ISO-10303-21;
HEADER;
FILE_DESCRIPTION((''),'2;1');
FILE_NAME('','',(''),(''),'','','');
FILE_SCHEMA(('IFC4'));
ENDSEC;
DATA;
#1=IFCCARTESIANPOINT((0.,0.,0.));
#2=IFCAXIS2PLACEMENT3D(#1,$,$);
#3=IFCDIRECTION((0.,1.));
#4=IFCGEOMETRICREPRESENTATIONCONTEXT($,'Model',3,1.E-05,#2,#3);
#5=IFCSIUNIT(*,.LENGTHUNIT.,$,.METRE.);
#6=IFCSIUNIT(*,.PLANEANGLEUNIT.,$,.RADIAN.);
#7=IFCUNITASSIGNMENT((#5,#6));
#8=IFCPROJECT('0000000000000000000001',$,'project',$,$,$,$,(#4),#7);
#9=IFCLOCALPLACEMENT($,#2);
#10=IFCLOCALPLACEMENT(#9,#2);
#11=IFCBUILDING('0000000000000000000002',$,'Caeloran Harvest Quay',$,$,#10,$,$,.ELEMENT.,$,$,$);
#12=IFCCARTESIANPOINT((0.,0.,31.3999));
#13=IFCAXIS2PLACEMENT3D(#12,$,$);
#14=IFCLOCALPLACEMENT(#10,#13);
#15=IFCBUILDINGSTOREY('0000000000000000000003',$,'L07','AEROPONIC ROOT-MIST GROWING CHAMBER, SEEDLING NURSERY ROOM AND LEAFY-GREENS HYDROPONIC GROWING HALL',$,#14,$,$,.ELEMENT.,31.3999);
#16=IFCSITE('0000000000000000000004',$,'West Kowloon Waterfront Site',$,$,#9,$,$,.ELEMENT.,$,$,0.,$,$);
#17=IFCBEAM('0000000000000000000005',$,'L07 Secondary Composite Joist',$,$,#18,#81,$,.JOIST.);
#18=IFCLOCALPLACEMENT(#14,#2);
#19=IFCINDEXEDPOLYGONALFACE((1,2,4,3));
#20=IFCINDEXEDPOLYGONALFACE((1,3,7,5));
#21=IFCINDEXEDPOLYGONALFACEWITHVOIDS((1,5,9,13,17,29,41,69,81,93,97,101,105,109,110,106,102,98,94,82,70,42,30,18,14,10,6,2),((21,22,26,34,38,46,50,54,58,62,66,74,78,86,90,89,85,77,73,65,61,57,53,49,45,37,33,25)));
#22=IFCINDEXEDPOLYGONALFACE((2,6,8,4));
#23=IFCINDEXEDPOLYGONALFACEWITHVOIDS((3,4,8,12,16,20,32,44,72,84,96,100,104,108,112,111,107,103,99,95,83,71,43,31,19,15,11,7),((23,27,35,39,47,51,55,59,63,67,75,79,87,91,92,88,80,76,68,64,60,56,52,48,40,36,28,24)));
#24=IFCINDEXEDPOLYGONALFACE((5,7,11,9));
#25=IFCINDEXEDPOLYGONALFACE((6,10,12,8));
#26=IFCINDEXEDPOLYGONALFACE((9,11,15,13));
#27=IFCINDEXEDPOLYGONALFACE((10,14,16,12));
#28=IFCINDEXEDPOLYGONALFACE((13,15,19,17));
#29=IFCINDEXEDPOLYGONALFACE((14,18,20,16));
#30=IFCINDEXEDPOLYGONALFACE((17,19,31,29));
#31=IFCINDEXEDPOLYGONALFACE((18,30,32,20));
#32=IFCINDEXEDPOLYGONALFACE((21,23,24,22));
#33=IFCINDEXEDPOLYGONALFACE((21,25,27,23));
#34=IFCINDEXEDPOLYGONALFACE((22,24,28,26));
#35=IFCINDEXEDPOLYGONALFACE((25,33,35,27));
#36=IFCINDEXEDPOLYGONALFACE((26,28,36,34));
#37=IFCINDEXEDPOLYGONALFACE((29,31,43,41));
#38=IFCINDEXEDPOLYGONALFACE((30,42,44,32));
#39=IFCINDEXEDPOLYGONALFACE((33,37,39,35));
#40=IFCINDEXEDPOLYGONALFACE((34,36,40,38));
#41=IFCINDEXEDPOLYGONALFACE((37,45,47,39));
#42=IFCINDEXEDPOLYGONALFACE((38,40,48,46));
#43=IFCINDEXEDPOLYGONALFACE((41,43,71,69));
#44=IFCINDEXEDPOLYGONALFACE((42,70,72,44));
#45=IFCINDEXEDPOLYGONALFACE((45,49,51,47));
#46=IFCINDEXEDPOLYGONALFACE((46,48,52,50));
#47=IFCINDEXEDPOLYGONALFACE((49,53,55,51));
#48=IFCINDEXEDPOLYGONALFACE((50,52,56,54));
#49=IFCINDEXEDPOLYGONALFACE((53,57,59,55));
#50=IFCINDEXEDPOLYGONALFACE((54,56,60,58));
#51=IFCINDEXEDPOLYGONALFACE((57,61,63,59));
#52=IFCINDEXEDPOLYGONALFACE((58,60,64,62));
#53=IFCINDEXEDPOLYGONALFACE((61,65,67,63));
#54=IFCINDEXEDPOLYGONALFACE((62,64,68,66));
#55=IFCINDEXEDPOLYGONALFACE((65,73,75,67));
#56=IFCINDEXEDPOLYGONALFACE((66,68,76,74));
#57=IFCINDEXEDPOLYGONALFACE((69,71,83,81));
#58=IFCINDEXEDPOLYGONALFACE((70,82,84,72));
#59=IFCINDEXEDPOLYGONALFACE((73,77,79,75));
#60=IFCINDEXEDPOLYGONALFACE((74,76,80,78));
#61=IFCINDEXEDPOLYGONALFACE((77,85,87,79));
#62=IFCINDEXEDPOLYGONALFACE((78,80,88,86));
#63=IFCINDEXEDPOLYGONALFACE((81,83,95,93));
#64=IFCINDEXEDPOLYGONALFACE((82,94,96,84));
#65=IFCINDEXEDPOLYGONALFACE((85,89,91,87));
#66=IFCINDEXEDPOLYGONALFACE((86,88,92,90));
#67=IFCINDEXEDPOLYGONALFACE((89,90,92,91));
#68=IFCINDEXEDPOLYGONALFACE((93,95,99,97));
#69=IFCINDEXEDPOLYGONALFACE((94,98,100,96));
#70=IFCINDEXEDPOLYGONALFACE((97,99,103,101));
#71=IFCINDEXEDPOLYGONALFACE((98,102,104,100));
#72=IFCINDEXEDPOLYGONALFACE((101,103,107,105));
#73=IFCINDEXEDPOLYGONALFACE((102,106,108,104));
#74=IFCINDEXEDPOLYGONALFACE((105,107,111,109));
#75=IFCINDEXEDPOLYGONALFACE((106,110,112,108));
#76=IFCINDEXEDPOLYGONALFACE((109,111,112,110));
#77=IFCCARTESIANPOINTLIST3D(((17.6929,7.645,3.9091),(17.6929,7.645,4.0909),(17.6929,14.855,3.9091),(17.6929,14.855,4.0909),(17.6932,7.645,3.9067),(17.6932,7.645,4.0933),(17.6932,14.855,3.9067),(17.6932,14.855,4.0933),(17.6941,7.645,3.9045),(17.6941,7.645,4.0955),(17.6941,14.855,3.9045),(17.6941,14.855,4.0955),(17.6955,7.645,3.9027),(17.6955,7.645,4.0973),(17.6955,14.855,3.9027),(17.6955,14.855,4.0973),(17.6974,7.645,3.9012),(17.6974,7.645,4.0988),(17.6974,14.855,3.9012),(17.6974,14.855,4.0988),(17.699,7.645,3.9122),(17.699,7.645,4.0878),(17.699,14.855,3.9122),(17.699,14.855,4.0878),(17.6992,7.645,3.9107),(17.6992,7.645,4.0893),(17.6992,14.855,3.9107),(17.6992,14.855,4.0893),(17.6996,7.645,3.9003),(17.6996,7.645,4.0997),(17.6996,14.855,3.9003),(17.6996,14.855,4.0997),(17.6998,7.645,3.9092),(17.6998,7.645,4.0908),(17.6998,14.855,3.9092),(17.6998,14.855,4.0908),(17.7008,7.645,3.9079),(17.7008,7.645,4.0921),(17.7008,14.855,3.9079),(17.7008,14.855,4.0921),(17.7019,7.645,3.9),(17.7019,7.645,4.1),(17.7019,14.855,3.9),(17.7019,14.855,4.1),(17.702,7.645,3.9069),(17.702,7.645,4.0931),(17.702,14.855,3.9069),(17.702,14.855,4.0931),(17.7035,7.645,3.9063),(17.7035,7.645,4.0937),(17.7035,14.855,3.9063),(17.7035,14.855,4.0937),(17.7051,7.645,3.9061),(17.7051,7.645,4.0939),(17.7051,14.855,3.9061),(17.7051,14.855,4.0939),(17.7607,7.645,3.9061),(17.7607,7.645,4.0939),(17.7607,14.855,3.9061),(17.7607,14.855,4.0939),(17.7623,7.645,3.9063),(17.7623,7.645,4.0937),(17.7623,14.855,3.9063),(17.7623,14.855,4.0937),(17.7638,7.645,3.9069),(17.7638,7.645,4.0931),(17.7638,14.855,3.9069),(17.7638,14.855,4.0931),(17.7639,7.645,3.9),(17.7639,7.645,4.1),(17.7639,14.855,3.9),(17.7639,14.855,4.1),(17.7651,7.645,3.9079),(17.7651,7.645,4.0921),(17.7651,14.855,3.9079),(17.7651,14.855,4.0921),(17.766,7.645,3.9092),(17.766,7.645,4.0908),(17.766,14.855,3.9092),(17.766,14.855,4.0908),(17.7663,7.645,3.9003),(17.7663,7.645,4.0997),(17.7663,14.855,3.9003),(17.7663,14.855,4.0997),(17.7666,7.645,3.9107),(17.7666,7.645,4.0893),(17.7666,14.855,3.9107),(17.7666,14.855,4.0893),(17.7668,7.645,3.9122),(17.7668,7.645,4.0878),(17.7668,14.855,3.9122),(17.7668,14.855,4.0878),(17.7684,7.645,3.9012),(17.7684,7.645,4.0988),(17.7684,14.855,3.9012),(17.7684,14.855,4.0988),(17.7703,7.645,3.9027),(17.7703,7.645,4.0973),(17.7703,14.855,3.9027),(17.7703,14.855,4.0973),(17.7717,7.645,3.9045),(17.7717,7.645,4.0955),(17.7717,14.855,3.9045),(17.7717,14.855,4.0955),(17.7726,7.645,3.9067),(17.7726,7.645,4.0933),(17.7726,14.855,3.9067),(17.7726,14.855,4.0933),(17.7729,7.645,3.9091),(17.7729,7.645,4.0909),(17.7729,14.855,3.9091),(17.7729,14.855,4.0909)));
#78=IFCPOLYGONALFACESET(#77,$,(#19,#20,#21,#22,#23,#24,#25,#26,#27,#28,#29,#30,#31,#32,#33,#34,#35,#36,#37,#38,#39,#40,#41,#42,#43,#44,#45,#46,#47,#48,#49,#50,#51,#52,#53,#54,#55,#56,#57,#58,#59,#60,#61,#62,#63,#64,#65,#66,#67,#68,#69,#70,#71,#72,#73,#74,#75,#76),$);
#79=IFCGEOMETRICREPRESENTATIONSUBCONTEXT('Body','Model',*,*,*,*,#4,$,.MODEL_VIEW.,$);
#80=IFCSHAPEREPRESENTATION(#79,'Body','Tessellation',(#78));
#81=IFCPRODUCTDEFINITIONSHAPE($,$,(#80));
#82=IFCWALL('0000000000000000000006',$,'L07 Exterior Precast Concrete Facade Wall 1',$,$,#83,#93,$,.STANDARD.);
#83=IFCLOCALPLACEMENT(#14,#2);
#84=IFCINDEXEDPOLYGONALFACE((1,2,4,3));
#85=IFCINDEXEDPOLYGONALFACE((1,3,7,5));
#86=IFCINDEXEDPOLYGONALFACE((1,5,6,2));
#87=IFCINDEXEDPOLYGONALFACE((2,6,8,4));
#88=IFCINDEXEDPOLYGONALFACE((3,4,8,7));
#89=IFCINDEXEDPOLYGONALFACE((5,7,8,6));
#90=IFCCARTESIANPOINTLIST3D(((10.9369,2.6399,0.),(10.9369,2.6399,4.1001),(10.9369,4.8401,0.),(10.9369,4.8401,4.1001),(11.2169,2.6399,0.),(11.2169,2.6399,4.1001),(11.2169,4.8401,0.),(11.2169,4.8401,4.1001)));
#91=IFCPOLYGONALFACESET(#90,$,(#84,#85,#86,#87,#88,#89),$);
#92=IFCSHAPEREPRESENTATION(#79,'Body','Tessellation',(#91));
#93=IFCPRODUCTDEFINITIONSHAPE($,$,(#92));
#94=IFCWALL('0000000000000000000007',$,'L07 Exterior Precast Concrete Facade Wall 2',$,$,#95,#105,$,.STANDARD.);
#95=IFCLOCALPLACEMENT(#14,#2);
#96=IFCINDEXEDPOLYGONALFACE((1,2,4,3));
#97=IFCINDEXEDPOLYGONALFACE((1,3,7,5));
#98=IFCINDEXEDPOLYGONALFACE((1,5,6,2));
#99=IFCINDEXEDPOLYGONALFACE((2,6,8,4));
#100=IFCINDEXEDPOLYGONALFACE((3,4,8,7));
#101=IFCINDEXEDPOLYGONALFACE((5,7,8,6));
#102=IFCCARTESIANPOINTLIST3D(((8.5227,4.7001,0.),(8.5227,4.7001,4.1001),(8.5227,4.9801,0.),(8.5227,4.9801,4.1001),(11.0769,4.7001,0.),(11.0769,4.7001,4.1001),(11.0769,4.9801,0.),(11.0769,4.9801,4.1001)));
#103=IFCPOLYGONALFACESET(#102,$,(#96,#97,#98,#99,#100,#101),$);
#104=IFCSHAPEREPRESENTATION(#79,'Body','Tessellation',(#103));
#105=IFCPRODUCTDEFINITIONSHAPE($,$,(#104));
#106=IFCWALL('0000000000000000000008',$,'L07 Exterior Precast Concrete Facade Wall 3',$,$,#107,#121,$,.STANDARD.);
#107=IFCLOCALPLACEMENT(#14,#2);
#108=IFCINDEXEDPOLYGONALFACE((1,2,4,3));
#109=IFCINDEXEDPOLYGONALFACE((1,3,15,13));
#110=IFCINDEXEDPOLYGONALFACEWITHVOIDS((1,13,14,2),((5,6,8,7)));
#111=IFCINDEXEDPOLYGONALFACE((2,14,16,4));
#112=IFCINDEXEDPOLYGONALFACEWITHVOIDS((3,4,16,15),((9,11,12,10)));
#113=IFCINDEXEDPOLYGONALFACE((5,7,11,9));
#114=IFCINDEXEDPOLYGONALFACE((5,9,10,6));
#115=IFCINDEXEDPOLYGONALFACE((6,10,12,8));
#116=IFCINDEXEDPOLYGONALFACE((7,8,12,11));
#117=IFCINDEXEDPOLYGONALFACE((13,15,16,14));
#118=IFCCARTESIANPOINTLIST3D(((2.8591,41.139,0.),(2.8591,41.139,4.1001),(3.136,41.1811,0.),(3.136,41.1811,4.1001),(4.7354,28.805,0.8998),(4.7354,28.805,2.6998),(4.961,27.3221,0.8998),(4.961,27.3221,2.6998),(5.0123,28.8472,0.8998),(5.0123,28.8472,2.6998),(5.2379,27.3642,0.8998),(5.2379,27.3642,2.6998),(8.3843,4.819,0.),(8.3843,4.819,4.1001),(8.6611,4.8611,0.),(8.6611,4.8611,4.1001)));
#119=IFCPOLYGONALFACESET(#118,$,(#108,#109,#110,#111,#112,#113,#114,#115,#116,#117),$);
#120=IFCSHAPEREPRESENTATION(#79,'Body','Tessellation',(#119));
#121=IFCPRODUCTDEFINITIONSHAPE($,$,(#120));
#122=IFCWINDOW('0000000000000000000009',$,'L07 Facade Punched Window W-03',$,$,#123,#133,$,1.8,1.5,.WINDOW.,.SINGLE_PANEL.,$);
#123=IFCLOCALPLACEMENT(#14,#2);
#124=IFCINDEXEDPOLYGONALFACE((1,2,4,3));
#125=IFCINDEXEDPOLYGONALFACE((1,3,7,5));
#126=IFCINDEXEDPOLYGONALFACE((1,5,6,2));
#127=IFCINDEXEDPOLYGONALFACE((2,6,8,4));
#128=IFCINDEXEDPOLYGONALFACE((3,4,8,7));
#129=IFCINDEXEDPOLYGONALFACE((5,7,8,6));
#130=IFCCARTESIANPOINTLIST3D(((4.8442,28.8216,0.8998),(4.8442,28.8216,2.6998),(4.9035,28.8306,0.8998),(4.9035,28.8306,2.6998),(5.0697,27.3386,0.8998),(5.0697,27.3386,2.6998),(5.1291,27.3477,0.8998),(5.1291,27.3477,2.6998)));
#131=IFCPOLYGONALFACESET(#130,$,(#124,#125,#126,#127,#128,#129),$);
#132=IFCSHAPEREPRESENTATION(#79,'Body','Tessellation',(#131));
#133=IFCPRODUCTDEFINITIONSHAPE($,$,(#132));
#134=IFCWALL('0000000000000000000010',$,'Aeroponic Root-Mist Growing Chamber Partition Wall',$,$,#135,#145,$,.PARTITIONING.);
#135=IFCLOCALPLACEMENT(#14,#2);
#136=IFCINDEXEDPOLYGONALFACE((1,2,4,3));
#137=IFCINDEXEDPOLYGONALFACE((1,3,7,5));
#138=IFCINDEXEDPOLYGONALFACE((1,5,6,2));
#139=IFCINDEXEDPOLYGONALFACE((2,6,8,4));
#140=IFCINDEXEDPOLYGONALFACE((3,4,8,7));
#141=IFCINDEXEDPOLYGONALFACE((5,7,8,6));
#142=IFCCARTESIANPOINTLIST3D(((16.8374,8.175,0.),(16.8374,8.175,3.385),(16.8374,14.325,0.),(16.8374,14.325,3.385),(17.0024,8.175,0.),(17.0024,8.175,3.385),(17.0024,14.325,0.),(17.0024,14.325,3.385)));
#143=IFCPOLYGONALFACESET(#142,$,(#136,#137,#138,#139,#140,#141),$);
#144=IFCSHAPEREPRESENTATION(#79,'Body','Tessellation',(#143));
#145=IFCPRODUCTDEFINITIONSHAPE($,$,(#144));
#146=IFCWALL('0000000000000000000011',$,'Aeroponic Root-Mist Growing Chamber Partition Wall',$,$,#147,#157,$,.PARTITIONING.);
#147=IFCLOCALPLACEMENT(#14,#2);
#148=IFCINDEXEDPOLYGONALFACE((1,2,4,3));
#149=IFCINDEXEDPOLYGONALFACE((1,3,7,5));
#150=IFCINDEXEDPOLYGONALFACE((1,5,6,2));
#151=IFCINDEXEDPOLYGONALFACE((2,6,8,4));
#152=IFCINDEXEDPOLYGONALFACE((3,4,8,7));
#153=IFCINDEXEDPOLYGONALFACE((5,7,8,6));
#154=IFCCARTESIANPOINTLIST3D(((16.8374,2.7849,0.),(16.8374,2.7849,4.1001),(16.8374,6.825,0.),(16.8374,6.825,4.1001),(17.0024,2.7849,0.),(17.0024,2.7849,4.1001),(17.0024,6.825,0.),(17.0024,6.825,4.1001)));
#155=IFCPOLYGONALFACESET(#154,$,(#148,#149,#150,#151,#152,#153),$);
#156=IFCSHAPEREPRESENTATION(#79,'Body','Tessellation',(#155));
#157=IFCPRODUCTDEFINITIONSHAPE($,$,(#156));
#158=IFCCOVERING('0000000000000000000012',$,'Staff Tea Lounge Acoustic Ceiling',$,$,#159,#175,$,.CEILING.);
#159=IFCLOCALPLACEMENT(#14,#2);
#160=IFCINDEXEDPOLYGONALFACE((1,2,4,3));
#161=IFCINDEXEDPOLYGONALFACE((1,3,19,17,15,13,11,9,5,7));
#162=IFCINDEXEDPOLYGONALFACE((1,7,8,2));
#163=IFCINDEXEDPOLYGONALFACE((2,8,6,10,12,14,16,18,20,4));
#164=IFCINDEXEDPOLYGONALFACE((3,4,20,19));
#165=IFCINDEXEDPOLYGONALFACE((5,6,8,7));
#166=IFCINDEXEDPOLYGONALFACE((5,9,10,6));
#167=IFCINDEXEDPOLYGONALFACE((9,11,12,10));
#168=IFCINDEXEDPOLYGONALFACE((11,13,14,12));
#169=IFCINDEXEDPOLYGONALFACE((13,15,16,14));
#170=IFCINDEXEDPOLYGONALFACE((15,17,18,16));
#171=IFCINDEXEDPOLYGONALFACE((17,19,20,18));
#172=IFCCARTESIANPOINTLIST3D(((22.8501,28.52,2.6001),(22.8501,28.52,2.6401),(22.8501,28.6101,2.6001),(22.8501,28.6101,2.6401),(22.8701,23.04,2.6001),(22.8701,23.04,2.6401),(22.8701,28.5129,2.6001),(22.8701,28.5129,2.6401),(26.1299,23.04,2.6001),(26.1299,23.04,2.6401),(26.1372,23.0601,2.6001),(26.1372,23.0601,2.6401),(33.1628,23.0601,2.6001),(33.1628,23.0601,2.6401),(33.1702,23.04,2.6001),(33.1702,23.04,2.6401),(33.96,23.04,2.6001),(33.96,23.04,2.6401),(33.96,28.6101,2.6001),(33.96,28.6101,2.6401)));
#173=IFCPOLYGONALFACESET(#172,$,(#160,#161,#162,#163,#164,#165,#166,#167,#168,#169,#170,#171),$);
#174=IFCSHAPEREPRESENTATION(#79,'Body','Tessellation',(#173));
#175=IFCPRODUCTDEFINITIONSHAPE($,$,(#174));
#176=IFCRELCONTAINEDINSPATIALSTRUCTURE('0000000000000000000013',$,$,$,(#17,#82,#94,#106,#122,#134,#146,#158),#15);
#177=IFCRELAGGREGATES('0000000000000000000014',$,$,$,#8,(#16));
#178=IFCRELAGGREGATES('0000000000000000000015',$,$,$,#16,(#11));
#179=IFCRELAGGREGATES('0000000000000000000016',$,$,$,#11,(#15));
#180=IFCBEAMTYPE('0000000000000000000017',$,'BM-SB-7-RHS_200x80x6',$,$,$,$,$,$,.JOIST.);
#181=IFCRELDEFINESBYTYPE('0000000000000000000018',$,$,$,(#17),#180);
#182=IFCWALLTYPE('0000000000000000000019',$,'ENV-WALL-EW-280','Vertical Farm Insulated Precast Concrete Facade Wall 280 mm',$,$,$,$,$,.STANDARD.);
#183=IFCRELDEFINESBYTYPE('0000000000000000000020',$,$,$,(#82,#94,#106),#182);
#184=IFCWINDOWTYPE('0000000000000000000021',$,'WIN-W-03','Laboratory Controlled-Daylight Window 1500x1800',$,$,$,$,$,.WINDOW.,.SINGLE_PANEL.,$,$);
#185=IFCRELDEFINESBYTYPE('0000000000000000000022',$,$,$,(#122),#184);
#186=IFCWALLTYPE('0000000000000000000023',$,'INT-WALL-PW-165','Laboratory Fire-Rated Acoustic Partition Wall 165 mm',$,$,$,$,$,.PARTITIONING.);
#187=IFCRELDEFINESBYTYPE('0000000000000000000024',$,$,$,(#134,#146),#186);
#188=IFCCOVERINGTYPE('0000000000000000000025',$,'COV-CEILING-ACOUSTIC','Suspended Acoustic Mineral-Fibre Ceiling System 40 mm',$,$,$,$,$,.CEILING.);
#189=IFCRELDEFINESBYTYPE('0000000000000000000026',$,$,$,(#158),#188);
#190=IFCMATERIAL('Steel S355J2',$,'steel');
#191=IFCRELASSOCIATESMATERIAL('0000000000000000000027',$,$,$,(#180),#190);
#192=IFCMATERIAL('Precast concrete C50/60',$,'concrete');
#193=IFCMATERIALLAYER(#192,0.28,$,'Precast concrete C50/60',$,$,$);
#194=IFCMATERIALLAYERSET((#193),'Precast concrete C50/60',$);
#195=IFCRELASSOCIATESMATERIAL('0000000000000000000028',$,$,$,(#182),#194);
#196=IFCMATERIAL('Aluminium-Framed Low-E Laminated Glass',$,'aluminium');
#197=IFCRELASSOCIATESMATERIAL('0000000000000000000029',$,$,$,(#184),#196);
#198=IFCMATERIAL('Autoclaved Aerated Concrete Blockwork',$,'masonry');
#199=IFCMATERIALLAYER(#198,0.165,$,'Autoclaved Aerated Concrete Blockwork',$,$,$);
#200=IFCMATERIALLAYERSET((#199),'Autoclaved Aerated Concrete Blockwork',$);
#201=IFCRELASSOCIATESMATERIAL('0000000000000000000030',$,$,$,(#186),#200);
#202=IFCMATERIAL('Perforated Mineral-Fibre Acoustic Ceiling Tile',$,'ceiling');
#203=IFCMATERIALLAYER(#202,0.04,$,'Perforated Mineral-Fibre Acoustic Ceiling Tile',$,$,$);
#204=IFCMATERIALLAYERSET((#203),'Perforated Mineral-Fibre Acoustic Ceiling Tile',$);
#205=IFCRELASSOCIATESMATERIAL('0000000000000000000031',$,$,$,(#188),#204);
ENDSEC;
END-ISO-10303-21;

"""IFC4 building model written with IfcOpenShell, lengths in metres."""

from ifc_helpers import new_model, si_unit, direction, frame, frame_2d, origin, origin_2d, place, context, subcontext, project, spatial, polyline, rectangle, hollow_rectangle, outline, extrude, material, layer, layer_set, material_profile, profile_set, type_object, element, fill, save


model = new_model("IFC4")

# Units and contexts
model_context = context("Model", 3, precision=1e-05, world=origin(), true_north=direction((0.0, 1.0)))
body_context = subcontext(model_context, "Body", "Model", "MODEL_VIEW")
ifc_project = project(units=[si_unit("LENGTHUNIT", "METRE"), si_unit("PLANEANGLEUNIT", "RADIAN")], contexts=[model_context])

# Site, building, storey
site_placement = place(None, origin())
site = spatial("IfcSite", under=ifc_project, at=site_placement, Name="West Kowloon Waterfront Site", CompositionType="ELEMENT", RefElevation=0.0)
building_placement = place(site_placement, origin())
building = spatial("IfcBuilding", under=site, at=building_placement, Name="Caeloran Harvest Quay", CompositionType="ELEMENT")
storey_placement = place(building_placement, frame((0.0, 0.0, 31.3999)))
storey = spatial("IfcBuildingStorey", under=building, at=storey_placement, Name="L07", Description="AEROPONIC ROOT-MIST GROWING CHAMBER, SEEDLING NURSERY ROOM AND LEAFY-GREENS HYDROPONIC GROWING HALL", CompositionType="ELEMENT", Elevation=31.3999)

# Beam
ifc_material_1 = material(Name="Steel S355J2", Category="steel")
ifc_material_profile_1 = material_profile(ifc_material_1, hollow_rectangle(XDim=0.0801, YDim=0.2, WallThickness=0.0061, InnerFilletRadius=0.0061, OuterFilletRadius=0.009, at=origin_2d()), Name="RHS 200x80x6")
ifc_profile_set_1 = profile_set([ifc_material_profile_1], Name="Steel S355J2")
beam_type_1 = type_object("IfcBeamType", Name="BM-SB-7-RHS_200x80x6", PredefinedType="JOIST", material=ifc_profile_set_1)
beam_1_placement = place(storey_placement, frame((17.7329, 7.645, 4.0), z_axis=(0.0, 1.0, 0.0), x_axis=(-1.0, 0.0, 0.0)))
element("IfcBeam", 1, at=beam_1_placement, inside=storey, type_object=beam_type_1, Name="L07 Secondary Composite Joist", PredefinedType="JOIST", context=body_context, shape_type="SweptSolid", body=[
    extrude(hollow_rectangle(XDim=0.0801, YDim=0.2, WallThickness=0.0061, InnerFilletRadius=0.0061, OuterFilletRadius=0.009, at=origin_2d()), origin(), (0.0, 0.0, 1.0), 7.21),
])

# Walls
ifc_material_2 = material(Name="Precast concrete C50/60", Category="concrete")
ifc_layer_1 = layer(ifc_material_2, 0.28, Name="Precast concrete C50/60")
ifc_layer_set_1 = layer_set([ifc_layer_1], Name="Precast concrete C50/60")
wall_type_1 = type_object("IfcWallType", Name="ENV-WALL-EW-280", Description="Vertical Farm Insulated Precast Concrete Facade Wall 280 mm", PredefinedType="STANDARD", material=ifc_layer_set_1)
wall_1_placement = place(storey_placement, frame((11.0769, 2.6399, 0.0), z_axis=(0.0, 0.0, 1.0), x_axis=(0.0, 1.0, 0.0)))
element("IfcWall", 2, at=wall_1_placement, inside=storey, type_object=wall_type_1, Name="L07 Exterior Precast Concrete Facade Wall 1", PredefinedType="STANDARD", context=body_context, shape_type="SweptSolid", body=[
    extrude(rectangle(XDim=2.2002, YDim=0.28, at=frame_2d((1.1001, 0.0))), origin(), (0.0, 0.0, 1.0), 4.1001),
])
wall_2_placement = place(storey_placement, frame((11.0769, 4.8401, 0.0), z_axis=(0.0, 0.0, 1.0), x_axis=(-1.0, 0.0, 0.0)))
element("IfcWall", 3, at=wall_2_placement, inside=storey, type_object=wall_type_1, Name="L07 Exterior Precast Concrete Facade Wall 2", PredefinedType="STANDARD", context=body_context, shape_type="SweptSolid", body=[
    extrude(rectangle(XDim=2.5542, YDim=0.28, at=frame_2d((1.2771, 0.0))), origin(), (0.0, 0.0, 1.0), 4.1001),
])

# Wall, opening, window
wall_3_placement = place(storey_placement, frame((8.5227, 4.8401, 0.0), z_axis=(0.0, 0.0, 1.0), x_axis=(-0.150395, 0.988626, 0.0)))
wall_3 = element("IfcWall", 4, at=wall_3_placement, inside=storey, type_object=wall_type_1, Name="L07 Exterior Precast Concrete Facade Wall 3", PredefinedType="STANDARD", context=body_context, shape_type="SweptSolid", body=[
    extrude(rectangle(XDim=36.7378, YDim=0.28, at=frame_2d((18.3689, 0.0))), origin(), (0.0, 0.0, 1.0), 4.1001),
])
opening_placement = place(wall_3_placement, frame((22.762, 0.0, 0.8999)))
opening = element("IfcOpeningElement", 5, at=opening_placement, cuts=wall_3, PredefinedType="OPENING", context=body_context, shape_type="SweptSolid", body=[
    extrude(rectangle(XDim=1.5, YDim=1.8, at=frame_2d((0.75, 0.8999))), frame((0.0, 0.1499, 0.0), z_axis=(0.0, -1.0, 0.0), x_axis=(1.0, 0.0, 0.0)), (0.0, 0.0, 1.0), 0.3),
])
ifc_material_3 = material(Name="Aluminium-Framed Low-E Laminated Glass", Category="aluminium")
window_type = type_object("IfcWindowType", Name="WIN-W-03", Description="Laboratory Controlled-Daylight Window 1500x1800", PartitioningType="SINGLE_PANEL", PredefinedType="WINDOW", material=ifc_material_3)
window_placement = place(opening_placement, origin())
window = element("IfcWindow", 6, at=window_placement, inside=storey, type_object=window_type, Name="L07 Facade Punched Window W-03", OverallHeight=1.8, OverallWidth=1.5, PartitioningType="SINGLE_PANEL", PredefinedType="WINDOW", context=body_context, shape_type="SweptSolid", body=[
    extrude(rectangle(XDim=1.5, YDim=1.8, at=frame_2d((0.75, 0.8999))), frame((0.0, 0.03, 0.0), z_axis=(0.0, -1.0, 0.0), x_axis=(1.0, 0.0, 0.0)), (0.0, 0.0, 1.0), 0.0601),
])
fill(opening, window)

# Walls
ifc_material_4 = material(Name="Autoclaved Aerated Concrete Blockwork", Category="masonry")
ifc_layer_2 = layer(ifc_material_4, 0.165, Name="Autoclaved Aerated Concrete Blockwork")
ifc_layer_set_2 = layer_set([ifc_layer_2], Name="Autoclaved Aerated Concrete Blockwork")
wall_type_2 = type_object("IfcWallType", Name="INT-WALL-PW-165", Description="Laboratory Fire-Rated Acoustic Partition Wall 165 mm", PredefinedType="PARTITIONING", material=ifc_layer_set_2)
wall_4_placement = place(storey_placement, frame((16.9199, 14.325, 0.0), z_axis=(0.0, 0.0, 1.0), x_axis=(0.0, -1.0, 0.0)))
element("IfcWall", 7, at=wall_4_placement, inside=storey, type_object=wall_type_2, Name="Aeroponic Root-Mist Growing Chamber Partition Wall", PredefinedType="PARTITIONING", context=body_context, shape_type="SweptSolid", body=[
    extrude(rectangle(XDim=6.1499, YDim=0.165, at=frame_2d((3.075, 0.0))), origin(), (0.0, 0.0, 1.0), 3.385),
])
wall_5_placement = place(storey_placement, frame((16.9199, 6.825, 0.0), z_axis=(0.0, 0.0, 1.0), x_axis=(0.0, -1.0, 0.0)))
element("IfcWall", 8, at=wall_5_placement, inside=storey, type_object=wall_type_2, Name="Aeroponic Root-Mist Growing Chamber Partition Wall", PredefinedType="PARTITIONING", context=body_context, shape_type="SweptSolid", body=[
    extrude(rectangle(XDim=4.04, YDim=0.165, at=frame_2d((2.02, 0.0))), origin(), (0.0, 0.0, 1.0), 4.1001),
])

# Covering
ifc_material_5 = material(Name="Perforated Mineral-Fibre Acoustic Ceiling Tile", Category="ceiling")
ifc_layer_3 = layer(ifc_material_5, 0.04, Name="Perforated Mineral-Fibre Acoustic Ceiling Tile")
ifc_layer_set_3 = layer_set([ifc_layer_3], Name="Perforated Mineral-Fibre Acoustic Ceiling Tile")
covering_type_1 = type_object("IfcCoveringType", Name="COV-CEILING-ACOUSTIC", Description="Suspended Acoustic Mineral-Fibre Ceiling System 40 mm", PredefinedType="CEILING", material=ifc_layer_set_3)
covering_1_placement = place(storey_placement, frame((0.0, 0.0, 2.6001)))
element("IfcCovering", 9, at=covering_1_placement, inside=storey, type_object=covering_type_1, Name="Staff Tea Lounge Acoustic Ceiling", PredefinedType="CEILING", context=body_context, shape_type="SweptSolid", body=[
    extrude(outline(polyline([(22.8701, 28.5129), (22.8501, 28.52), (22.8501, 28.6101), (33.96, 28.6101), (33.96, 23.04), (33.1702, 23.04), (33.1628, 23.0601), (26.1372, 23.0601), (26.1299, 23.04), (22.8701, 23.04), (22.8701, 28.5129)])), origin(), (0.0, 0.0, 1.0), 0.04),
])

save(model, "model.ifc")
